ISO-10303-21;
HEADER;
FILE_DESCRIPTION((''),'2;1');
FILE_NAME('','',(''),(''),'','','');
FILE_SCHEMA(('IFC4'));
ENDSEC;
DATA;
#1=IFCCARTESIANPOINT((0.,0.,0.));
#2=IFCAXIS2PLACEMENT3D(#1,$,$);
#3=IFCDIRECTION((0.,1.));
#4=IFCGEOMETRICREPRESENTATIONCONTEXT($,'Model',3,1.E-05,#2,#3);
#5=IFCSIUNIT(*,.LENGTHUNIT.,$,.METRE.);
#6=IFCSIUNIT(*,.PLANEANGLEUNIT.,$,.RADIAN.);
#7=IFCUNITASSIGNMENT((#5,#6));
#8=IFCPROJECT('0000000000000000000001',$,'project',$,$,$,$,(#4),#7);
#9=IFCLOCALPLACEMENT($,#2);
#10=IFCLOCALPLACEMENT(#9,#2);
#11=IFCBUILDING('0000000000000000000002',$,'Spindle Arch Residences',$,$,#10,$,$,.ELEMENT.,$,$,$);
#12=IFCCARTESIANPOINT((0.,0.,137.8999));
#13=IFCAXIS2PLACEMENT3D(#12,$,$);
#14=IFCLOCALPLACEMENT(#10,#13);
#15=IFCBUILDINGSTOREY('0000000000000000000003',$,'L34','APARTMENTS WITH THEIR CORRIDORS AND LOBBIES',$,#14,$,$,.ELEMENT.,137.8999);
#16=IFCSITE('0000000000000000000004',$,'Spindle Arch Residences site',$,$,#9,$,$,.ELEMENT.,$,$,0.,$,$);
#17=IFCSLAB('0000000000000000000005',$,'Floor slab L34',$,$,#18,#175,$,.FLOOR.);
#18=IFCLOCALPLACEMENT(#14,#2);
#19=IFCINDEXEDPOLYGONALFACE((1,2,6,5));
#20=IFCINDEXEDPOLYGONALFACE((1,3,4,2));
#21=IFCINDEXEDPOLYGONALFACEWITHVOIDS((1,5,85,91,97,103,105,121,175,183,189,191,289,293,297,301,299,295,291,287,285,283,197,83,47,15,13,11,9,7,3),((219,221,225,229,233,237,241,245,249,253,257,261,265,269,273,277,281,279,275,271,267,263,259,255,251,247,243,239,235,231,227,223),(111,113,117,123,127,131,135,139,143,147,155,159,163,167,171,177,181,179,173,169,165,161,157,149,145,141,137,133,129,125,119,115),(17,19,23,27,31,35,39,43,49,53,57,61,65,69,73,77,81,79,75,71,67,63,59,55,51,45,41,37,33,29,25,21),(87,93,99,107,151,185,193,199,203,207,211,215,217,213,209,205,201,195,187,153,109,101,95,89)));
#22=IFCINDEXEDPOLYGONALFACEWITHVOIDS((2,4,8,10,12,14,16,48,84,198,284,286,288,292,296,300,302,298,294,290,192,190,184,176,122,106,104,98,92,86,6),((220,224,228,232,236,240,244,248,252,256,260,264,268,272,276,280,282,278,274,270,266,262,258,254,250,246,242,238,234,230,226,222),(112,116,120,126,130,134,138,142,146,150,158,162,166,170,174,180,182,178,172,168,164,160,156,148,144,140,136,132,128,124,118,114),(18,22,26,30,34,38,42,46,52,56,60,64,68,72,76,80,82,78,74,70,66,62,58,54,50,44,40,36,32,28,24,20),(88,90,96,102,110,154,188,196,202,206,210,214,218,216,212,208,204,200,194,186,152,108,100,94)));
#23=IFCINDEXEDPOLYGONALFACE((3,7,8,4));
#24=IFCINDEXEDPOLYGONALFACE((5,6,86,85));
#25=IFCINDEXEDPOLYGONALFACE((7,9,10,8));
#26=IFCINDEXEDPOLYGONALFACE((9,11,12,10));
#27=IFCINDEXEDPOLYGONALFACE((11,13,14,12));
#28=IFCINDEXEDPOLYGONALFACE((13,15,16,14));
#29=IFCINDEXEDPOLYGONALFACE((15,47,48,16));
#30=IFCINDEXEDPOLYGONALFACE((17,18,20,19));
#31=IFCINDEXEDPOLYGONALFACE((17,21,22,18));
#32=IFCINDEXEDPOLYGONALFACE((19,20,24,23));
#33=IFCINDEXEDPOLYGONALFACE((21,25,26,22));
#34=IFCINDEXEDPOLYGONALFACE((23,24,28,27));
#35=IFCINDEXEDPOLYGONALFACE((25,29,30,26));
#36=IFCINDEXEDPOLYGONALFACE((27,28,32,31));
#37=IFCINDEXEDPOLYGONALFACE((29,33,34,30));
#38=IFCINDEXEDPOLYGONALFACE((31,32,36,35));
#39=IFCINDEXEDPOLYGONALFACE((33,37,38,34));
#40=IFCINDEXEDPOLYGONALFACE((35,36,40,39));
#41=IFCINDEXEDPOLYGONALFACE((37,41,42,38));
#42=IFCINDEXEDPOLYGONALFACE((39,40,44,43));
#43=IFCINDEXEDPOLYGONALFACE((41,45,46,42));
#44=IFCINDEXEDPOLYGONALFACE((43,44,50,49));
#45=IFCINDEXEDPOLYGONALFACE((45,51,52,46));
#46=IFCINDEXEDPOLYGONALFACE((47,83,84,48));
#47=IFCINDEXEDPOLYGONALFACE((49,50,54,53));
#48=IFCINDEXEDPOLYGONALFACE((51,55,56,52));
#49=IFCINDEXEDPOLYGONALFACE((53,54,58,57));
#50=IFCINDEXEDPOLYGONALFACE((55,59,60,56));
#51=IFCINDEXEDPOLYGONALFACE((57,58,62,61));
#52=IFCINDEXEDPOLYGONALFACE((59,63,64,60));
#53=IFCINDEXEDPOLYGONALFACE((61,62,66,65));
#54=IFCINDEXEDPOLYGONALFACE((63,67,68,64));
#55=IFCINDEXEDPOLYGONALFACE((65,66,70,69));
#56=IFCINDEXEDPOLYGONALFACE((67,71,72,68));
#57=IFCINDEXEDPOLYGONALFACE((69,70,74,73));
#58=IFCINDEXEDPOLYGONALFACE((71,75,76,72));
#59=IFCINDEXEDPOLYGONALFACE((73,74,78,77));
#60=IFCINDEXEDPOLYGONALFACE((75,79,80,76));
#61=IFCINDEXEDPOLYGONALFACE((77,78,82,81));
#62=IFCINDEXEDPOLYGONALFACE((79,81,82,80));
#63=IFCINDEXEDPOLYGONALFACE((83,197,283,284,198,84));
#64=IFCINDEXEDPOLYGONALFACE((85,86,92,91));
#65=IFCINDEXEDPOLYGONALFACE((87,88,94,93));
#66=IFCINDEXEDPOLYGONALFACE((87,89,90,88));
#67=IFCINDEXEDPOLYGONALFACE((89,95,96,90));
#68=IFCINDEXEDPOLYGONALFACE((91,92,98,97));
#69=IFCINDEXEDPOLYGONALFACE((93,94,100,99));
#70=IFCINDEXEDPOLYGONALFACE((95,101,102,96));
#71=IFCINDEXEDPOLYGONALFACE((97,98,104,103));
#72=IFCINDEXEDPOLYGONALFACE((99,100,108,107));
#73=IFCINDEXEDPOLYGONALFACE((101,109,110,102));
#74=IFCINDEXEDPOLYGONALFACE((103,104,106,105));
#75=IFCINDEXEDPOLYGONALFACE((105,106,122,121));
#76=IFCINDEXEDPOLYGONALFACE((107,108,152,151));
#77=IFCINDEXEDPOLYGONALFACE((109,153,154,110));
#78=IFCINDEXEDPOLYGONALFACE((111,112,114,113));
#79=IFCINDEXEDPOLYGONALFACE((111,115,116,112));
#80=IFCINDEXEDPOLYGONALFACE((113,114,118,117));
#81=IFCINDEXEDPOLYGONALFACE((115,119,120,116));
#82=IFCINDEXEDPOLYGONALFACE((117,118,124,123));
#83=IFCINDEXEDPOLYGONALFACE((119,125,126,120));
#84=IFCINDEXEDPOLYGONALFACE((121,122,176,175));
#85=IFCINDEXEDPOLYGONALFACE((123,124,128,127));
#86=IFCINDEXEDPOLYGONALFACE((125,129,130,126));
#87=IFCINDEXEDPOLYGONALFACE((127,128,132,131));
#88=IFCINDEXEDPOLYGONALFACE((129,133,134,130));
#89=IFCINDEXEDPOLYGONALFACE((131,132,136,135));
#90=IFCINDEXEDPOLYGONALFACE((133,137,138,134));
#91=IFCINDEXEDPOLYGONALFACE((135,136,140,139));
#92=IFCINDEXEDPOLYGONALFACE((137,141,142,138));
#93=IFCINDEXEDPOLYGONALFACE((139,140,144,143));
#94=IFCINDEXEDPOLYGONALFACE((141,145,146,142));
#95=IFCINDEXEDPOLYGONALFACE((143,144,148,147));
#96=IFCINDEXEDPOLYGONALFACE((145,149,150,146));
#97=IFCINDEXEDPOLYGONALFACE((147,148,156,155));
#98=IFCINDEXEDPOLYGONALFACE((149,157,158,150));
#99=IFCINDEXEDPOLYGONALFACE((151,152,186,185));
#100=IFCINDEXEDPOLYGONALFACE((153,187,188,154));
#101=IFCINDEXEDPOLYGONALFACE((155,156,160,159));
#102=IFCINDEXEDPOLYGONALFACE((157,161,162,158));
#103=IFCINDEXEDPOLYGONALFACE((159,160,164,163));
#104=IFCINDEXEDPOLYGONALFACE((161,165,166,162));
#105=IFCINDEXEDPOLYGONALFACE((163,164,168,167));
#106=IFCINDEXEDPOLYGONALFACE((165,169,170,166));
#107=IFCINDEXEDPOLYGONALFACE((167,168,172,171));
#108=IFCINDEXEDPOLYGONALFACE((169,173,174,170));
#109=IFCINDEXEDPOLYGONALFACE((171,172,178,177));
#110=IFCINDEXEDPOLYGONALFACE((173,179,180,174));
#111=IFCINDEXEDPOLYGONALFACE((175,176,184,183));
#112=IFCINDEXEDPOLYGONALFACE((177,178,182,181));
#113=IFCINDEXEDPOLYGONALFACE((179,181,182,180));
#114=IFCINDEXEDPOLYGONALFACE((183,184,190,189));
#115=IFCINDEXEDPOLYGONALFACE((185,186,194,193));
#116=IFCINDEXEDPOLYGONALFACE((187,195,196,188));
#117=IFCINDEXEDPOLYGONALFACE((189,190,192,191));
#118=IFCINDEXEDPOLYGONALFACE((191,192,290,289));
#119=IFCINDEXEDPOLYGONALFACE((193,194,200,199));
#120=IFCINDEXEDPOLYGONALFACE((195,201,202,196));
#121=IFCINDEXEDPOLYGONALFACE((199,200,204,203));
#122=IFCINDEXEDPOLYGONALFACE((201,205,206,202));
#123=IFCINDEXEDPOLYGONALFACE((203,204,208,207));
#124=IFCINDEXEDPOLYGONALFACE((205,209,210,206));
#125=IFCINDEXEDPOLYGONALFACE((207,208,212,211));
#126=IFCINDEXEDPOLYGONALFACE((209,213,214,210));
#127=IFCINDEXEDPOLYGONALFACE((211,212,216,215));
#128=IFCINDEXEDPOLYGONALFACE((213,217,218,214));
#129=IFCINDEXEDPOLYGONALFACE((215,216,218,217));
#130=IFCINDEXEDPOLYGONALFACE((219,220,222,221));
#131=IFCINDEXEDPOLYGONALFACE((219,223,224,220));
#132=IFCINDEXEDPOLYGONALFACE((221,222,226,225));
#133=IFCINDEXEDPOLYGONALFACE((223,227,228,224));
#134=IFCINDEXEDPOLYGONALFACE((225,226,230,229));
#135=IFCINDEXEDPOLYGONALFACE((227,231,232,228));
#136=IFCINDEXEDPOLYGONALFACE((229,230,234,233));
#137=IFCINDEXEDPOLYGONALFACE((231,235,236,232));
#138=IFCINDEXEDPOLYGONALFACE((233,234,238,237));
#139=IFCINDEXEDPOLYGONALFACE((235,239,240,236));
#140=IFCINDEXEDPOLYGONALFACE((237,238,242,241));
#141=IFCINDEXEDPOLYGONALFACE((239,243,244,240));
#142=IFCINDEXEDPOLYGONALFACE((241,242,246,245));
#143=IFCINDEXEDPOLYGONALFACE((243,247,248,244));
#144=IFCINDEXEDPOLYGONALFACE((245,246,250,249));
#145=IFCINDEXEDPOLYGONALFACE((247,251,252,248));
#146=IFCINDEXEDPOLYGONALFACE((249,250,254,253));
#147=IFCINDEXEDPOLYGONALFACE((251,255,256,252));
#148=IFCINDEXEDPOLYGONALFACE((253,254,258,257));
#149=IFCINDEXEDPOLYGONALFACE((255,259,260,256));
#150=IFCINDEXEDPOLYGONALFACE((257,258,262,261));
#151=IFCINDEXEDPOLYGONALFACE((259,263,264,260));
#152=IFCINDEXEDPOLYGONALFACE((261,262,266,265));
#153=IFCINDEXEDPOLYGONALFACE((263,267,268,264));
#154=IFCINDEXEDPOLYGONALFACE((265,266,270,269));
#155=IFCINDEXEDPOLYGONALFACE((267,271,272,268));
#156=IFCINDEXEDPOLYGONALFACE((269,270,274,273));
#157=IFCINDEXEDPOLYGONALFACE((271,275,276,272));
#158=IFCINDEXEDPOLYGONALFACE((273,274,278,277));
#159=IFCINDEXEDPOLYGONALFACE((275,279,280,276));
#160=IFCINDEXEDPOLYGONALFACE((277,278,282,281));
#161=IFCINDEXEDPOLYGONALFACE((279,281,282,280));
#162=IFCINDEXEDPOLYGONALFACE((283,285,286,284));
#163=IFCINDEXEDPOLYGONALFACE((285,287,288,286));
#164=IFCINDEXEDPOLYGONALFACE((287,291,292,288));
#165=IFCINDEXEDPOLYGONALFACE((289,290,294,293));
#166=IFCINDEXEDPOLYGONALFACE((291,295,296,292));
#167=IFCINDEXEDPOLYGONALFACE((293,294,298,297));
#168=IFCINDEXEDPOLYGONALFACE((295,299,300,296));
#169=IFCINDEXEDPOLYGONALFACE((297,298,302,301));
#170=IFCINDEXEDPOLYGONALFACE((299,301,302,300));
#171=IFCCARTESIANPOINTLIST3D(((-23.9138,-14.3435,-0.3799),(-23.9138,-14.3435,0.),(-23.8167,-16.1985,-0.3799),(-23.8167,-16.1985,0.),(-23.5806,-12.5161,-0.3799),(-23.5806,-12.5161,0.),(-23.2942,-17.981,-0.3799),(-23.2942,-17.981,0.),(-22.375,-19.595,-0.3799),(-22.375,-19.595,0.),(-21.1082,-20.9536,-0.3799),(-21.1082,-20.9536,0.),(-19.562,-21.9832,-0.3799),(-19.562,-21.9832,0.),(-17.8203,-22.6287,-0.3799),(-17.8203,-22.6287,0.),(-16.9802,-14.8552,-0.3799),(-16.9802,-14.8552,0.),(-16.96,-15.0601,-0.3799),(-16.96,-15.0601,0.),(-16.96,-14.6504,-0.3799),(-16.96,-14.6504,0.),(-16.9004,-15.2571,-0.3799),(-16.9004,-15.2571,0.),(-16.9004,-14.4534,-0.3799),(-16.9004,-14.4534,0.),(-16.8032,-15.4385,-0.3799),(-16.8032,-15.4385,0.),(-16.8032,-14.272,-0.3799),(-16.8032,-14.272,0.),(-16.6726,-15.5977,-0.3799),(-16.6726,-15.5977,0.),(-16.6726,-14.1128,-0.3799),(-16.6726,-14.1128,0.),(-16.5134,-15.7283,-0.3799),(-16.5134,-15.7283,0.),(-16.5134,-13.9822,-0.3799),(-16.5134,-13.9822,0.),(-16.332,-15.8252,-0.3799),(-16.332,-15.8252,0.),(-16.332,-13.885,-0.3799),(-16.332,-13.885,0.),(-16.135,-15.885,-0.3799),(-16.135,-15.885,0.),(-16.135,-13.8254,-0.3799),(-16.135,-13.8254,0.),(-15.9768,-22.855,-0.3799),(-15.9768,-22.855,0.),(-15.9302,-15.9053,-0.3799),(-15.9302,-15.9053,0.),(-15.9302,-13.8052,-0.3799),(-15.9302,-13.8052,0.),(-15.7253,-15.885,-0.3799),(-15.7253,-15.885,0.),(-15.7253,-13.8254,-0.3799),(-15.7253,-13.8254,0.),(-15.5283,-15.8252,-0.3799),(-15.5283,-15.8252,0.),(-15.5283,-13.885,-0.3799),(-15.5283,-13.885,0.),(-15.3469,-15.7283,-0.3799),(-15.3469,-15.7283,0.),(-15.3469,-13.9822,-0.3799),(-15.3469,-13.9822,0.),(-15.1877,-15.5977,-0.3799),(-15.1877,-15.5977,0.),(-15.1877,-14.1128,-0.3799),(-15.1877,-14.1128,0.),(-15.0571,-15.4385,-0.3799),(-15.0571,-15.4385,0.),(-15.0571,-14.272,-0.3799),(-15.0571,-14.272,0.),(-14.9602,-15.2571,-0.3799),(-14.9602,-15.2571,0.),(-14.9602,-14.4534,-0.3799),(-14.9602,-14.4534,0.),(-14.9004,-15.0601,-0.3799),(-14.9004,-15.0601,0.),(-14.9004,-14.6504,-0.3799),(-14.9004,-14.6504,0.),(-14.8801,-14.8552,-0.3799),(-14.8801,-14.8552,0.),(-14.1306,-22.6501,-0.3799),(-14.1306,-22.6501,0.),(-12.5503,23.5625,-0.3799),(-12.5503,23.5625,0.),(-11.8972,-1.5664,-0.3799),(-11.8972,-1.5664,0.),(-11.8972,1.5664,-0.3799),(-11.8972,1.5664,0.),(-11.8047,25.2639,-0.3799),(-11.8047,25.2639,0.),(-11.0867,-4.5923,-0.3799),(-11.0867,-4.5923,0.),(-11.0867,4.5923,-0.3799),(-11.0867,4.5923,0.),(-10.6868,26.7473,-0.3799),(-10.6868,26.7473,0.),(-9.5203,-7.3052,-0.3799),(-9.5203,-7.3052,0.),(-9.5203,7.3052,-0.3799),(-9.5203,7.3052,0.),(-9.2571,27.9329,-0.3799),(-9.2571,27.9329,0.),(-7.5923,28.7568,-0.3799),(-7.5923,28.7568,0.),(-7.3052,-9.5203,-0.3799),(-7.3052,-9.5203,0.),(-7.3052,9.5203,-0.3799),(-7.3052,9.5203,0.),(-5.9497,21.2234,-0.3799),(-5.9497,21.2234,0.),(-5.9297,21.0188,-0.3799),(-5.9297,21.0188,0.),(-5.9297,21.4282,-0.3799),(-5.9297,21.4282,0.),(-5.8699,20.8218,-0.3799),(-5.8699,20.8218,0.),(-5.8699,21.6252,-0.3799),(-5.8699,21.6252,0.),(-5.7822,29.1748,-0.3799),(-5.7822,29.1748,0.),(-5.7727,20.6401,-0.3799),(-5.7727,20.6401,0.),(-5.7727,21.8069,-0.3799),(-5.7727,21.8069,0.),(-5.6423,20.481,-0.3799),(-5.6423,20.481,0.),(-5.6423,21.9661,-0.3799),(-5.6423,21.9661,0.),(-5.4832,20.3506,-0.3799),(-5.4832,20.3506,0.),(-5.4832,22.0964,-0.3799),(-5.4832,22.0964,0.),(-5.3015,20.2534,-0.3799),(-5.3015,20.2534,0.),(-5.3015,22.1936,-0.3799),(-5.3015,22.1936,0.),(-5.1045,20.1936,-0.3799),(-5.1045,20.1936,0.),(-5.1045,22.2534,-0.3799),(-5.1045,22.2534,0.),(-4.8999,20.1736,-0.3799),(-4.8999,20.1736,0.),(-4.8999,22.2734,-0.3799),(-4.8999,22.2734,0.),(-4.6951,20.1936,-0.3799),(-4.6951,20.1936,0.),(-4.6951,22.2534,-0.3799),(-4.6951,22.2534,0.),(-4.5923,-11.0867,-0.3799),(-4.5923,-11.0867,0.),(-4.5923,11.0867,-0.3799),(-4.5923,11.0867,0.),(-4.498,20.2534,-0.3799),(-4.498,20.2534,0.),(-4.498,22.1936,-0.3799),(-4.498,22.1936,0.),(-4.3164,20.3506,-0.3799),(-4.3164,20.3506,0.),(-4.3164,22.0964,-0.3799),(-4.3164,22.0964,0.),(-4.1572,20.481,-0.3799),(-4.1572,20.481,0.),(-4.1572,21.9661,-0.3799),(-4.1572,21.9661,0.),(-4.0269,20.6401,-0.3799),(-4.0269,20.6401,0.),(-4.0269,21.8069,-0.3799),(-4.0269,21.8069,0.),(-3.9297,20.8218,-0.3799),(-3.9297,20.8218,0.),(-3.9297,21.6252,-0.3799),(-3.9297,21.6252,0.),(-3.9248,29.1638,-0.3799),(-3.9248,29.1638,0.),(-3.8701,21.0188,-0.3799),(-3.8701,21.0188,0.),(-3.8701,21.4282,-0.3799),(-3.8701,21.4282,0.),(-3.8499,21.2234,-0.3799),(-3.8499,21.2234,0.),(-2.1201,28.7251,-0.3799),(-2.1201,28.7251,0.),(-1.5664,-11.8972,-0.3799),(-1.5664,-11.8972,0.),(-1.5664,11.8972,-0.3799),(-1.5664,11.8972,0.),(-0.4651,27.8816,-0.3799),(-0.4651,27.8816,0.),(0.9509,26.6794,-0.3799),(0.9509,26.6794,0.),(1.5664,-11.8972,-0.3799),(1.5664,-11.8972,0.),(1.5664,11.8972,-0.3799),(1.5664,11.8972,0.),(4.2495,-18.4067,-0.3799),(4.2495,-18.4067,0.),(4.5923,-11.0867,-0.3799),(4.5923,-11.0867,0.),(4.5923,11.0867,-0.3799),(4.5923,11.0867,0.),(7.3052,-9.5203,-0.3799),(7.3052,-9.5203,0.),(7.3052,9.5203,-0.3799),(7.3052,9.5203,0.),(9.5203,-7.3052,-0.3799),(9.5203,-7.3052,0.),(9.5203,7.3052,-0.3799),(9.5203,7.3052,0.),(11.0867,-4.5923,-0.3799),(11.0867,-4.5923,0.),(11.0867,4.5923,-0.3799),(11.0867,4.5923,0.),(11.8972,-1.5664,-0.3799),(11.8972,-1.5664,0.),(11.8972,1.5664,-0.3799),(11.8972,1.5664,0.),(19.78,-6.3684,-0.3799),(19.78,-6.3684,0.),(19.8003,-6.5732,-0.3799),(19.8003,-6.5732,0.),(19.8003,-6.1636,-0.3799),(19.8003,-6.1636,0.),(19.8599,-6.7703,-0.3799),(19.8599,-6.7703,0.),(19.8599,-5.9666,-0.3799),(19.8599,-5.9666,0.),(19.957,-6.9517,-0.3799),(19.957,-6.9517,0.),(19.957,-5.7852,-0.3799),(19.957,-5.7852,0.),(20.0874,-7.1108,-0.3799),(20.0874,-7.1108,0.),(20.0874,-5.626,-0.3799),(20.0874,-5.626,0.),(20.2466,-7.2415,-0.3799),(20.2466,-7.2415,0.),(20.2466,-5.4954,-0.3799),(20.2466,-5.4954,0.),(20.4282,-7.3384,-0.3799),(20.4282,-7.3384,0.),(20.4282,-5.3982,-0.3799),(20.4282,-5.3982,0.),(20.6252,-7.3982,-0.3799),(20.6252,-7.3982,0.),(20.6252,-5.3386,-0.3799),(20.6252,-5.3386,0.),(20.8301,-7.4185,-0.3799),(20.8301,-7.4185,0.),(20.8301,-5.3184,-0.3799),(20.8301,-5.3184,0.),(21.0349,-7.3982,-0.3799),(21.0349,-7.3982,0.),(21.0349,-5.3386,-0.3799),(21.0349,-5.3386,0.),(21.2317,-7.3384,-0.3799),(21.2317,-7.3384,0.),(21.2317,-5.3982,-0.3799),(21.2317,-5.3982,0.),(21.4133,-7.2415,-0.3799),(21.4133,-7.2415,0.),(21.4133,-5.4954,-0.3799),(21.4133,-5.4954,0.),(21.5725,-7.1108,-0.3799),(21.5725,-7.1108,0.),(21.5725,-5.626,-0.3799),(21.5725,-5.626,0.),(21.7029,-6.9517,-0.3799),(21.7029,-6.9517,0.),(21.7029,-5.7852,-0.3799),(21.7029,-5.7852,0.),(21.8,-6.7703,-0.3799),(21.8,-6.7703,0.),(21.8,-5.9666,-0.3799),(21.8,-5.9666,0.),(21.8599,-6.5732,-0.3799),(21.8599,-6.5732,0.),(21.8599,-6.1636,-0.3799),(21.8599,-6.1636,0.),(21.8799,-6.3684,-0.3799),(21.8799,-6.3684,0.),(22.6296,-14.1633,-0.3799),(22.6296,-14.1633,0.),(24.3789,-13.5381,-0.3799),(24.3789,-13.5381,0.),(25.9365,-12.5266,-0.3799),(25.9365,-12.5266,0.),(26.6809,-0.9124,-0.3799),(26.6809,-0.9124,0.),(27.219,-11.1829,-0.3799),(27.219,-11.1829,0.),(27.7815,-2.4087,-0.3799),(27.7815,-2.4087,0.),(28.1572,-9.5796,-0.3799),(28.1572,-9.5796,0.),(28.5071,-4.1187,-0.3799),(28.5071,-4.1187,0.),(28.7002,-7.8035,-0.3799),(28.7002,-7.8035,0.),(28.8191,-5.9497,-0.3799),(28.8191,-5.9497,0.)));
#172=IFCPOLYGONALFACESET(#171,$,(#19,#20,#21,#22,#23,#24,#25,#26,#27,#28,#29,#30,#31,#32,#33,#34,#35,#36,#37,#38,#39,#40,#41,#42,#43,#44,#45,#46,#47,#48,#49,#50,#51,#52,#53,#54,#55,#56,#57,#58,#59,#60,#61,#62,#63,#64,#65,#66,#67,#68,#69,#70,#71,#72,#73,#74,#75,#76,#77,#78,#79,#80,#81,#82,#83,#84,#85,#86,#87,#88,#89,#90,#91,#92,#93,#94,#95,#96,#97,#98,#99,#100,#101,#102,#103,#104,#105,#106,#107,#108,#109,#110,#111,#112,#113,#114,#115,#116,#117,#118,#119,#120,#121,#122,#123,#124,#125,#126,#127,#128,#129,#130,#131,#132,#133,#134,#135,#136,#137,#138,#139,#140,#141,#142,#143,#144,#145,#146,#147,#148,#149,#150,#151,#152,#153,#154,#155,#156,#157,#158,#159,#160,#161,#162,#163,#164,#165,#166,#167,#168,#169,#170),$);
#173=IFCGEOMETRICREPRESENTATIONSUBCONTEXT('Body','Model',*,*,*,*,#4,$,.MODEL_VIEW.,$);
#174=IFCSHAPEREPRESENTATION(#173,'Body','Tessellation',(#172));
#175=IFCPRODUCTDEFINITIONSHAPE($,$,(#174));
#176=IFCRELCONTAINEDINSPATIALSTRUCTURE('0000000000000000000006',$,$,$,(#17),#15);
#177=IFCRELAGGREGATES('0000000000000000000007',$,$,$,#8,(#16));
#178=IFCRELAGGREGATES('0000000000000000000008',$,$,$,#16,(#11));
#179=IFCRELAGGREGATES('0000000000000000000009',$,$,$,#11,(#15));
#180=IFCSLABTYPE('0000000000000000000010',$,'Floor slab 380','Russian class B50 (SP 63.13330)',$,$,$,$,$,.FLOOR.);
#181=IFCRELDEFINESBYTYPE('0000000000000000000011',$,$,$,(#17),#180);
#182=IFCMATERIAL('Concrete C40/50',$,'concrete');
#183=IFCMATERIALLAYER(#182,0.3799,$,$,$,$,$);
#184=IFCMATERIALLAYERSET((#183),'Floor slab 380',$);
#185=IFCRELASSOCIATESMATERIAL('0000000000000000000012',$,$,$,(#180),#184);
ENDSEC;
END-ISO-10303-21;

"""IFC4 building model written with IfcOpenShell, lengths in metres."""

from ifc_helpers import new_model, si_unit, direction, frame, origin, place, context, subcontext, project, spatial, polyline, outline, extrude, material, layer, layer_set, type_object, element, save


model = new_model("IFC4")

# Units and contexts
model_context = context("Model", 3, precision=1e-05, world=origin(), true_north=direction((0.0, 1.0)))
body_context = subcontext(model_context, "Body", "Model", "MODEL_VIEW")
ifc_project = project(units=[si_unit("LENGTHUNIT", "METRE"), si_unit("PLANEANGLEUNIT", "RADIAN")], contexts=[model_context])

# Site, building, storey
site_placement = place(None, origin())
site = spatial("IfcSite", under=ifc_project, at=site_placement, Name="Spindle Arch Residences site", CompositionType="ELEMENT", RefElevation=0.0)
building_placement = place(site_placement, origin())
building = spatial("IfcBuilding", under=site, at=building_placement, Name="Spindle Arch Residences", CompositionType="ELEMENT")
storey_placement = place(building_placement, frame((0.0, 0.0, 137.8999)))
storey = spatial("IfcBuildingStorey", under=building, at=storey_placement, Name="L34", Description="APARTMENTS WITH THEIR CORRIDORS AND LOBBIES", CompositionType="ELEMENT", Elevation=137.8999)

# Slab
ifc_material_1 = material(Name="Concrete C40/50", Category="concrete")
ifc_layer_1 = layer(ifc_material_1, 0.3799)
ifc_layer_set_1 = layer_set([ifc_layer_1], Name="Floor slab 380")
slab_type_1 = type_object("IfcSlabType", Name="Floor slab 380", Description="Russian class B50 (SP 63.13330)", PredefinedType="FLOOR", material=ifc_layer_set_1)
slab_1_placement = place(storey_placement, frame((0.0, 0.0, -0.3799)))
element("IfcSlab", 1, at=slab_1_placement, inside=storey, type_object=slab_type_1, Name="Floor slab L34", PredefinedType="FLOOR", context=body_context, shape_type="SweptSolid", body=[
    extrude(outline(polyline([(-15.9768, -22.855), (-17.8203, -22.6287), (-19.562, -21.9832), (-21.1082, -20.9536), (-22.375, -19.595), (-23.2942, -17.981), (-23.8167, -16.1985), (-23.9138, -14.3435), (-23.5806, -12.5161), (-12.5503, 23.5625), (-11.8047, 25.2639), (-10.6868, 26.7473), (-9.2571, 27.9329), (-7.5923, 28.7568), (-5.7822, 29.1748), (-3.9248, 29.1638), (-2.1201, 28.7251), (-0.4651, 27.8816), (0.9509, 26.6794), (26.6809, -0.9124), (27.7815, -2.4087), (28.5071, -4.1187), (28.8191, -5.9497), (28.7002, -7.8035), (28.1572, -9.5796), (27.219, -11.1829), (25.9365, -12.5266), (24.3789, -13.5381), (22.6296, -14.1633), (4.2495, -18.4067), (-14.1306, -22.6501), (-15.9768, -22.855)]), holes=[polyline([(7.3052, -9.5203), (9.5203, -7.3052), (11.0867, -4.5923), (11.8972, -1.5664), (11.8972, 1.5664), (11.0867, 4.5923), (9.5203, 7.3052), (7.3052, 9.5203), (4.5923, 11.0867), (1.5664, 11.8972), (-1.5664, 11.8972), (-4.5923, 11.0867), (-7.3052, 9.5203), (-9.5203, 7.3052), (-11.0867, 4.5923), (-11.8972, 1.5664), (-11.8972, -1.5664), (-11.0867, -4.5923), (-9.5203, -7.3052), (-7.3052, -9.5203), (-4.5923, -11.0867), (-1.5664, -11.8972), (1.5664, -11.8972), (4.5923, -11.0867), (7.3052, -9.5203)]), polyline([(-15.1877, -15.5977), (-15.0571, -15.4385), (-14.9602, -15.2571), (-14.9004, -15.0601), (-14.8801, -14.8552), (-14.9004, -14.6504), (-14.9602, -14.4534), (-15.0571, -14.272), (-15.1877, -14.1128), (-15.3469, -13.9822), (-15.5283, -13.885), (-15.7253, -13.8254), (-15.9302, -13.8052), (-16.135, -13.8254), (-16.332, -13.885), (-16.5134, -13.9822), (-16.6726, -14.1128), (-16.8032, -14.272), (-16.9004, -14.4534), (-16.96, -14.6504), (-16.9802, -14.8552), (-16.96, -15.0601), (-16.9004, -15.2571), (-16.8032, -15.4385), (-16.6726, -15.5977), (-16.5134, -15.7283), (-16.332, -15.8252), (-16.135, -15.885), (-15.9302, -15.9053), (-15.7253, -15.885), (-15.5283, -15.8252), (-15.3469, -15.7283), (-15.1877, -15.5977)]), polyline([(-4.0269, 20.6401), (-3.9297, 20.8218), (-3.8701, 21.0188), (-3.8499, 21.2234), (-3.8701, 21.4282), (-3.9297, 21.6252), (-4.0269, 21.8069), (-4.1572, 21.9661), (-4.3164, 22.0964), (-4.498, 22.1936), (-4.6951, 22.2534), (-4.8999, 22.2734), (-5.1045, 22.2534), (-5.3015, 22.1936), (-5.4832, 22.0964), (-5.6423, 21.9661), (-5.7727, 21.8069), (-5.8699, 21.6252), (-5.9297, 21.4282), (-5.9497, 21.2234), (-5.9297, 21.0188), (-5.8699, 20.8218), (-5.7727, 20.6401), (-5.6423, 20.481), (-5.4832, 20.3506), (-5.3015, 20.2534), (-5.1045, 20.1936), (-4.8999, 20.1736), (-4.6951, 20.1936), (-4.498, 20.2534), (-4.3164, 20.3506), (-4.1572, 20.481), (-4.0269, 20.6401)]), polyline([(21.7029, -6.9517), (21.8, -6.7703), (21.8599, -6.5732), (21.8799, -6.3684), (21.8599, -6.1636), (21.8, -5.9666), (21.7029, -5.7852), (21.5725, -5.626), (21.4133, -5.4954), (21.2317, -5.3982), (21.0349, -5.3386), (20.8301, -5.3184), (20.6252, -5.3386), (20.4282, -5.3982), (20.2466, -5.4954), (20.0874, -5.626), (19.957, -5.7852), (19.8599, -5.9666), (19.8003, -6.1636), (19.78, -6.3684), (19.8003, -6.5732), (19.8599, -6.7703), (19.957, -6.9517), (20.0874, -7.1108), (20.2466, -7.2415), (20.4282, -7.3384), (20.6252, -7.3982), (20.8301, -7.4185), (21.0349, -7.3982), (21.2317, -7.3384), (21.4133, -7.2415), (21.5725, -7.1108), (21.7029, -6.9517)])]), origin(), (0.0, 0.0, 1.0), 0.3799),
])

save(model, "model.ifc")
